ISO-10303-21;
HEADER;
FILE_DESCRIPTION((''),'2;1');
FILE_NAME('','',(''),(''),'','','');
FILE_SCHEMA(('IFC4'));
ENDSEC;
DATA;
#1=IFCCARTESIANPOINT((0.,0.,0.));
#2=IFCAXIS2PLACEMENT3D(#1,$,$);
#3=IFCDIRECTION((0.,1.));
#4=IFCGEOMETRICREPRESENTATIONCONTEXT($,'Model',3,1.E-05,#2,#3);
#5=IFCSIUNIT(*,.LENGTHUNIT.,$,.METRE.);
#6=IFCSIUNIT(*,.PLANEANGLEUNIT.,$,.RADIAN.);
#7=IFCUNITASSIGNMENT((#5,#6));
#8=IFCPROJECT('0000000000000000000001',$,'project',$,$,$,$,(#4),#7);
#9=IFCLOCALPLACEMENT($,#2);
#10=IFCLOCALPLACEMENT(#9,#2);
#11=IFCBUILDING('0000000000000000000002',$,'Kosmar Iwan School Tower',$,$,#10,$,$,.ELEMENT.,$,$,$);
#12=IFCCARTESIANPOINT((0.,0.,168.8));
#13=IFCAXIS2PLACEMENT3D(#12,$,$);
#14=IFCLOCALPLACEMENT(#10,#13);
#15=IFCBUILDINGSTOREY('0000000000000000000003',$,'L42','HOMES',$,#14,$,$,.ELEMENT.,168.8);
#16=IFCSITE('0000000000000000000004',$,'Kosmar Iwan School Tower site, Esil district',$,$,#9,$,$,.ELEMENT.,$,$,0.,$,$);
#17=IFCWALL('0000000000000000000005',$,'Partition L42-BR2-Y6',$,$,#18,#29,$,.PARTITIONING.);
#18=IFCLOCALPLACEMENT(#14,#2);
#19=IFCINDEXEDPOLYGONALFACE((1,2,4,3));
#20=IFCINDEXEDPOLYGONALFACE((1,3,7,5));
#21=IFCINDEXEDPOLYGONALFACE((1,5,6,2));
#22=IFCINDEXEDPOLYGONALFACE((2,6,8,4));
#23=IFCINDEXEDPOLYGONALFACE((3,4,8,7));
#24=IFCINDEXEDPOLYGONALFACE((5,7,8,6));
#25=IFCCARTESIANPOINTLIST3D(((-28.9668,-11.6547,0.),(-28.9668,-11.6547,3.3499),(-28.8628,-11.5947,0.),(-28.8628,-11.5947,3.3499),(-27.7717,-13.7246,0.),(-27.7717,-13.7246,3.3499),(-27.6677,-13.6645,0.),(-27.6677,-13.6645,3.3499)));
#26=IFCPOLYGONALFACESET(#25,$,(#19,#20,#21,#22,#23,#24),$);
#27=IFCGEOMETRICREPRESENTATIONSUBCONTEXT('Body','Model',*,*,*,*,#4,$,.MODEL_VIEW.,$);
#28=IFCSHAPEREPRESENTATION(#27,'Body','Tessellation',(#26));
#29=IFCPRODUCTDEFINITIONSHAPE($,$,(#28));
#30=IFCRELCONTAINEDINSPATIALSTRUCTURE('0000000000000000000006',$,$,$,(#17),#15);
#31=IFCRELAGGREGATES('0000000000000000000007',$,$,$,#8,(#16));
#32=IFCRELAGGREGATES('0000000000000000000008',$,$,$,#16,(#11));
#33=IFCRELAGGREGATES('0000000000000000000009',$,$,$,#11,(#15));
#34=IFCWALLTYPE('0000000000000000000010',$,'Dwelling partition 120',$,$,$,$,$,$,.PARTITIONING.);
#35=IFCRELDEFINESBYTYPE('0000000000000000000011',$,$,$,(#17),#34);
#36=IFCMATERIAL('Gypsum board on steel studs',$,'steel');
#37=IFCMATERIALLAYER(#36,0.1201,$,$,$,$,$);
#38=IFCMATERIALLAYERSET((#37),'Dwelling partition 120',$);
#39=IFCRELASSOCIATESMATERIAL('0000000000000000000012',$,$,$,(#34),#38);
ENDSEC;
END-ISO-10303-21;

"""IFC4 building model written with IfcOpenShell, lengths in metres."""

from ifc_helpers import new_model, si_unit, direction, frame, frame_2d, origin, place, context, subcontext, project, spatial, rectangle, extrude, material, layer, layer_set, type_object, element, save


model = new_model("IFC4")

# Units and contexts
model_context = context("Model", 3, precision=1e-05, world=origin(), true_north=direction((0.0, 1.0)))
body_context = subcontext(model_context, "Body", "Model", "MODEL_VIEW")
ifc_project = project(units=[si_unit("LENGTHUNIT", "METRE"), si_unit("PLANEANGLEUNIT", "RADIAN")], contexts=[model_context])

# Site, building, storey
site_placement = place(None, origin())
site = spatial("IfcSite", under=ifc_project, at=site_placement, Name="Kosmar Iwan School Tower site, Esil district", CompositionType="ELEMENT", RefElevation=0.0)
building_placement = place(site_placement, origin())
building = spatial("IfcBuilding", under=site, at=building_placement, Name="Kosmar Iwan School Tower", CompositionType="ELEMENT")
storey_placement = place(building_placement, frame((0.0, 0.0, 168.8)))
storey = spatial("IfcBuildingStorey", under=building, at=storey_placement, Name="L42", Description="HOMES", CompositionType="ELEMENT", Elevation=168.8)

# Wall
ifc_material_1 = material(Name="Gypsum board on steel studs", Category="steel")
ifc_layer_1 = layer(ifc_material_1, 0.1201)
ifc_layer_set_1 = layer_set([ifc_layer_1], Name="Dwelling partition 120")
wall_type_1 = type_object("IfcWallType", Name="Dwelling partition 120", PredefinedType="PARTITIONING", material=ifc_layer_set_1)
wall_1_placement = place(storey_placement, frame((-27.7197, -13.6946, 0.0), z_axis=(0.0, 0.0, 1.0), x_axis=(-0.500017, 0.866015, 0.0)))
element("IfcWall", 1, at=wall_1_placement, inside=storey, type_object=wall_type_1, Name="Partition L42-BR2-Y6", PredefinedType="PARTITIONING", context=body_context, shape_type="SweptSolid", body=[
    extrude(rectangle(XDim=2.3901, YDim=0.1201, at=frame_2d((1.1951, 0.0))), origin(), (0.0, 0.0, 1.0), 3.3499),
])

save(model, "model.ifc")
